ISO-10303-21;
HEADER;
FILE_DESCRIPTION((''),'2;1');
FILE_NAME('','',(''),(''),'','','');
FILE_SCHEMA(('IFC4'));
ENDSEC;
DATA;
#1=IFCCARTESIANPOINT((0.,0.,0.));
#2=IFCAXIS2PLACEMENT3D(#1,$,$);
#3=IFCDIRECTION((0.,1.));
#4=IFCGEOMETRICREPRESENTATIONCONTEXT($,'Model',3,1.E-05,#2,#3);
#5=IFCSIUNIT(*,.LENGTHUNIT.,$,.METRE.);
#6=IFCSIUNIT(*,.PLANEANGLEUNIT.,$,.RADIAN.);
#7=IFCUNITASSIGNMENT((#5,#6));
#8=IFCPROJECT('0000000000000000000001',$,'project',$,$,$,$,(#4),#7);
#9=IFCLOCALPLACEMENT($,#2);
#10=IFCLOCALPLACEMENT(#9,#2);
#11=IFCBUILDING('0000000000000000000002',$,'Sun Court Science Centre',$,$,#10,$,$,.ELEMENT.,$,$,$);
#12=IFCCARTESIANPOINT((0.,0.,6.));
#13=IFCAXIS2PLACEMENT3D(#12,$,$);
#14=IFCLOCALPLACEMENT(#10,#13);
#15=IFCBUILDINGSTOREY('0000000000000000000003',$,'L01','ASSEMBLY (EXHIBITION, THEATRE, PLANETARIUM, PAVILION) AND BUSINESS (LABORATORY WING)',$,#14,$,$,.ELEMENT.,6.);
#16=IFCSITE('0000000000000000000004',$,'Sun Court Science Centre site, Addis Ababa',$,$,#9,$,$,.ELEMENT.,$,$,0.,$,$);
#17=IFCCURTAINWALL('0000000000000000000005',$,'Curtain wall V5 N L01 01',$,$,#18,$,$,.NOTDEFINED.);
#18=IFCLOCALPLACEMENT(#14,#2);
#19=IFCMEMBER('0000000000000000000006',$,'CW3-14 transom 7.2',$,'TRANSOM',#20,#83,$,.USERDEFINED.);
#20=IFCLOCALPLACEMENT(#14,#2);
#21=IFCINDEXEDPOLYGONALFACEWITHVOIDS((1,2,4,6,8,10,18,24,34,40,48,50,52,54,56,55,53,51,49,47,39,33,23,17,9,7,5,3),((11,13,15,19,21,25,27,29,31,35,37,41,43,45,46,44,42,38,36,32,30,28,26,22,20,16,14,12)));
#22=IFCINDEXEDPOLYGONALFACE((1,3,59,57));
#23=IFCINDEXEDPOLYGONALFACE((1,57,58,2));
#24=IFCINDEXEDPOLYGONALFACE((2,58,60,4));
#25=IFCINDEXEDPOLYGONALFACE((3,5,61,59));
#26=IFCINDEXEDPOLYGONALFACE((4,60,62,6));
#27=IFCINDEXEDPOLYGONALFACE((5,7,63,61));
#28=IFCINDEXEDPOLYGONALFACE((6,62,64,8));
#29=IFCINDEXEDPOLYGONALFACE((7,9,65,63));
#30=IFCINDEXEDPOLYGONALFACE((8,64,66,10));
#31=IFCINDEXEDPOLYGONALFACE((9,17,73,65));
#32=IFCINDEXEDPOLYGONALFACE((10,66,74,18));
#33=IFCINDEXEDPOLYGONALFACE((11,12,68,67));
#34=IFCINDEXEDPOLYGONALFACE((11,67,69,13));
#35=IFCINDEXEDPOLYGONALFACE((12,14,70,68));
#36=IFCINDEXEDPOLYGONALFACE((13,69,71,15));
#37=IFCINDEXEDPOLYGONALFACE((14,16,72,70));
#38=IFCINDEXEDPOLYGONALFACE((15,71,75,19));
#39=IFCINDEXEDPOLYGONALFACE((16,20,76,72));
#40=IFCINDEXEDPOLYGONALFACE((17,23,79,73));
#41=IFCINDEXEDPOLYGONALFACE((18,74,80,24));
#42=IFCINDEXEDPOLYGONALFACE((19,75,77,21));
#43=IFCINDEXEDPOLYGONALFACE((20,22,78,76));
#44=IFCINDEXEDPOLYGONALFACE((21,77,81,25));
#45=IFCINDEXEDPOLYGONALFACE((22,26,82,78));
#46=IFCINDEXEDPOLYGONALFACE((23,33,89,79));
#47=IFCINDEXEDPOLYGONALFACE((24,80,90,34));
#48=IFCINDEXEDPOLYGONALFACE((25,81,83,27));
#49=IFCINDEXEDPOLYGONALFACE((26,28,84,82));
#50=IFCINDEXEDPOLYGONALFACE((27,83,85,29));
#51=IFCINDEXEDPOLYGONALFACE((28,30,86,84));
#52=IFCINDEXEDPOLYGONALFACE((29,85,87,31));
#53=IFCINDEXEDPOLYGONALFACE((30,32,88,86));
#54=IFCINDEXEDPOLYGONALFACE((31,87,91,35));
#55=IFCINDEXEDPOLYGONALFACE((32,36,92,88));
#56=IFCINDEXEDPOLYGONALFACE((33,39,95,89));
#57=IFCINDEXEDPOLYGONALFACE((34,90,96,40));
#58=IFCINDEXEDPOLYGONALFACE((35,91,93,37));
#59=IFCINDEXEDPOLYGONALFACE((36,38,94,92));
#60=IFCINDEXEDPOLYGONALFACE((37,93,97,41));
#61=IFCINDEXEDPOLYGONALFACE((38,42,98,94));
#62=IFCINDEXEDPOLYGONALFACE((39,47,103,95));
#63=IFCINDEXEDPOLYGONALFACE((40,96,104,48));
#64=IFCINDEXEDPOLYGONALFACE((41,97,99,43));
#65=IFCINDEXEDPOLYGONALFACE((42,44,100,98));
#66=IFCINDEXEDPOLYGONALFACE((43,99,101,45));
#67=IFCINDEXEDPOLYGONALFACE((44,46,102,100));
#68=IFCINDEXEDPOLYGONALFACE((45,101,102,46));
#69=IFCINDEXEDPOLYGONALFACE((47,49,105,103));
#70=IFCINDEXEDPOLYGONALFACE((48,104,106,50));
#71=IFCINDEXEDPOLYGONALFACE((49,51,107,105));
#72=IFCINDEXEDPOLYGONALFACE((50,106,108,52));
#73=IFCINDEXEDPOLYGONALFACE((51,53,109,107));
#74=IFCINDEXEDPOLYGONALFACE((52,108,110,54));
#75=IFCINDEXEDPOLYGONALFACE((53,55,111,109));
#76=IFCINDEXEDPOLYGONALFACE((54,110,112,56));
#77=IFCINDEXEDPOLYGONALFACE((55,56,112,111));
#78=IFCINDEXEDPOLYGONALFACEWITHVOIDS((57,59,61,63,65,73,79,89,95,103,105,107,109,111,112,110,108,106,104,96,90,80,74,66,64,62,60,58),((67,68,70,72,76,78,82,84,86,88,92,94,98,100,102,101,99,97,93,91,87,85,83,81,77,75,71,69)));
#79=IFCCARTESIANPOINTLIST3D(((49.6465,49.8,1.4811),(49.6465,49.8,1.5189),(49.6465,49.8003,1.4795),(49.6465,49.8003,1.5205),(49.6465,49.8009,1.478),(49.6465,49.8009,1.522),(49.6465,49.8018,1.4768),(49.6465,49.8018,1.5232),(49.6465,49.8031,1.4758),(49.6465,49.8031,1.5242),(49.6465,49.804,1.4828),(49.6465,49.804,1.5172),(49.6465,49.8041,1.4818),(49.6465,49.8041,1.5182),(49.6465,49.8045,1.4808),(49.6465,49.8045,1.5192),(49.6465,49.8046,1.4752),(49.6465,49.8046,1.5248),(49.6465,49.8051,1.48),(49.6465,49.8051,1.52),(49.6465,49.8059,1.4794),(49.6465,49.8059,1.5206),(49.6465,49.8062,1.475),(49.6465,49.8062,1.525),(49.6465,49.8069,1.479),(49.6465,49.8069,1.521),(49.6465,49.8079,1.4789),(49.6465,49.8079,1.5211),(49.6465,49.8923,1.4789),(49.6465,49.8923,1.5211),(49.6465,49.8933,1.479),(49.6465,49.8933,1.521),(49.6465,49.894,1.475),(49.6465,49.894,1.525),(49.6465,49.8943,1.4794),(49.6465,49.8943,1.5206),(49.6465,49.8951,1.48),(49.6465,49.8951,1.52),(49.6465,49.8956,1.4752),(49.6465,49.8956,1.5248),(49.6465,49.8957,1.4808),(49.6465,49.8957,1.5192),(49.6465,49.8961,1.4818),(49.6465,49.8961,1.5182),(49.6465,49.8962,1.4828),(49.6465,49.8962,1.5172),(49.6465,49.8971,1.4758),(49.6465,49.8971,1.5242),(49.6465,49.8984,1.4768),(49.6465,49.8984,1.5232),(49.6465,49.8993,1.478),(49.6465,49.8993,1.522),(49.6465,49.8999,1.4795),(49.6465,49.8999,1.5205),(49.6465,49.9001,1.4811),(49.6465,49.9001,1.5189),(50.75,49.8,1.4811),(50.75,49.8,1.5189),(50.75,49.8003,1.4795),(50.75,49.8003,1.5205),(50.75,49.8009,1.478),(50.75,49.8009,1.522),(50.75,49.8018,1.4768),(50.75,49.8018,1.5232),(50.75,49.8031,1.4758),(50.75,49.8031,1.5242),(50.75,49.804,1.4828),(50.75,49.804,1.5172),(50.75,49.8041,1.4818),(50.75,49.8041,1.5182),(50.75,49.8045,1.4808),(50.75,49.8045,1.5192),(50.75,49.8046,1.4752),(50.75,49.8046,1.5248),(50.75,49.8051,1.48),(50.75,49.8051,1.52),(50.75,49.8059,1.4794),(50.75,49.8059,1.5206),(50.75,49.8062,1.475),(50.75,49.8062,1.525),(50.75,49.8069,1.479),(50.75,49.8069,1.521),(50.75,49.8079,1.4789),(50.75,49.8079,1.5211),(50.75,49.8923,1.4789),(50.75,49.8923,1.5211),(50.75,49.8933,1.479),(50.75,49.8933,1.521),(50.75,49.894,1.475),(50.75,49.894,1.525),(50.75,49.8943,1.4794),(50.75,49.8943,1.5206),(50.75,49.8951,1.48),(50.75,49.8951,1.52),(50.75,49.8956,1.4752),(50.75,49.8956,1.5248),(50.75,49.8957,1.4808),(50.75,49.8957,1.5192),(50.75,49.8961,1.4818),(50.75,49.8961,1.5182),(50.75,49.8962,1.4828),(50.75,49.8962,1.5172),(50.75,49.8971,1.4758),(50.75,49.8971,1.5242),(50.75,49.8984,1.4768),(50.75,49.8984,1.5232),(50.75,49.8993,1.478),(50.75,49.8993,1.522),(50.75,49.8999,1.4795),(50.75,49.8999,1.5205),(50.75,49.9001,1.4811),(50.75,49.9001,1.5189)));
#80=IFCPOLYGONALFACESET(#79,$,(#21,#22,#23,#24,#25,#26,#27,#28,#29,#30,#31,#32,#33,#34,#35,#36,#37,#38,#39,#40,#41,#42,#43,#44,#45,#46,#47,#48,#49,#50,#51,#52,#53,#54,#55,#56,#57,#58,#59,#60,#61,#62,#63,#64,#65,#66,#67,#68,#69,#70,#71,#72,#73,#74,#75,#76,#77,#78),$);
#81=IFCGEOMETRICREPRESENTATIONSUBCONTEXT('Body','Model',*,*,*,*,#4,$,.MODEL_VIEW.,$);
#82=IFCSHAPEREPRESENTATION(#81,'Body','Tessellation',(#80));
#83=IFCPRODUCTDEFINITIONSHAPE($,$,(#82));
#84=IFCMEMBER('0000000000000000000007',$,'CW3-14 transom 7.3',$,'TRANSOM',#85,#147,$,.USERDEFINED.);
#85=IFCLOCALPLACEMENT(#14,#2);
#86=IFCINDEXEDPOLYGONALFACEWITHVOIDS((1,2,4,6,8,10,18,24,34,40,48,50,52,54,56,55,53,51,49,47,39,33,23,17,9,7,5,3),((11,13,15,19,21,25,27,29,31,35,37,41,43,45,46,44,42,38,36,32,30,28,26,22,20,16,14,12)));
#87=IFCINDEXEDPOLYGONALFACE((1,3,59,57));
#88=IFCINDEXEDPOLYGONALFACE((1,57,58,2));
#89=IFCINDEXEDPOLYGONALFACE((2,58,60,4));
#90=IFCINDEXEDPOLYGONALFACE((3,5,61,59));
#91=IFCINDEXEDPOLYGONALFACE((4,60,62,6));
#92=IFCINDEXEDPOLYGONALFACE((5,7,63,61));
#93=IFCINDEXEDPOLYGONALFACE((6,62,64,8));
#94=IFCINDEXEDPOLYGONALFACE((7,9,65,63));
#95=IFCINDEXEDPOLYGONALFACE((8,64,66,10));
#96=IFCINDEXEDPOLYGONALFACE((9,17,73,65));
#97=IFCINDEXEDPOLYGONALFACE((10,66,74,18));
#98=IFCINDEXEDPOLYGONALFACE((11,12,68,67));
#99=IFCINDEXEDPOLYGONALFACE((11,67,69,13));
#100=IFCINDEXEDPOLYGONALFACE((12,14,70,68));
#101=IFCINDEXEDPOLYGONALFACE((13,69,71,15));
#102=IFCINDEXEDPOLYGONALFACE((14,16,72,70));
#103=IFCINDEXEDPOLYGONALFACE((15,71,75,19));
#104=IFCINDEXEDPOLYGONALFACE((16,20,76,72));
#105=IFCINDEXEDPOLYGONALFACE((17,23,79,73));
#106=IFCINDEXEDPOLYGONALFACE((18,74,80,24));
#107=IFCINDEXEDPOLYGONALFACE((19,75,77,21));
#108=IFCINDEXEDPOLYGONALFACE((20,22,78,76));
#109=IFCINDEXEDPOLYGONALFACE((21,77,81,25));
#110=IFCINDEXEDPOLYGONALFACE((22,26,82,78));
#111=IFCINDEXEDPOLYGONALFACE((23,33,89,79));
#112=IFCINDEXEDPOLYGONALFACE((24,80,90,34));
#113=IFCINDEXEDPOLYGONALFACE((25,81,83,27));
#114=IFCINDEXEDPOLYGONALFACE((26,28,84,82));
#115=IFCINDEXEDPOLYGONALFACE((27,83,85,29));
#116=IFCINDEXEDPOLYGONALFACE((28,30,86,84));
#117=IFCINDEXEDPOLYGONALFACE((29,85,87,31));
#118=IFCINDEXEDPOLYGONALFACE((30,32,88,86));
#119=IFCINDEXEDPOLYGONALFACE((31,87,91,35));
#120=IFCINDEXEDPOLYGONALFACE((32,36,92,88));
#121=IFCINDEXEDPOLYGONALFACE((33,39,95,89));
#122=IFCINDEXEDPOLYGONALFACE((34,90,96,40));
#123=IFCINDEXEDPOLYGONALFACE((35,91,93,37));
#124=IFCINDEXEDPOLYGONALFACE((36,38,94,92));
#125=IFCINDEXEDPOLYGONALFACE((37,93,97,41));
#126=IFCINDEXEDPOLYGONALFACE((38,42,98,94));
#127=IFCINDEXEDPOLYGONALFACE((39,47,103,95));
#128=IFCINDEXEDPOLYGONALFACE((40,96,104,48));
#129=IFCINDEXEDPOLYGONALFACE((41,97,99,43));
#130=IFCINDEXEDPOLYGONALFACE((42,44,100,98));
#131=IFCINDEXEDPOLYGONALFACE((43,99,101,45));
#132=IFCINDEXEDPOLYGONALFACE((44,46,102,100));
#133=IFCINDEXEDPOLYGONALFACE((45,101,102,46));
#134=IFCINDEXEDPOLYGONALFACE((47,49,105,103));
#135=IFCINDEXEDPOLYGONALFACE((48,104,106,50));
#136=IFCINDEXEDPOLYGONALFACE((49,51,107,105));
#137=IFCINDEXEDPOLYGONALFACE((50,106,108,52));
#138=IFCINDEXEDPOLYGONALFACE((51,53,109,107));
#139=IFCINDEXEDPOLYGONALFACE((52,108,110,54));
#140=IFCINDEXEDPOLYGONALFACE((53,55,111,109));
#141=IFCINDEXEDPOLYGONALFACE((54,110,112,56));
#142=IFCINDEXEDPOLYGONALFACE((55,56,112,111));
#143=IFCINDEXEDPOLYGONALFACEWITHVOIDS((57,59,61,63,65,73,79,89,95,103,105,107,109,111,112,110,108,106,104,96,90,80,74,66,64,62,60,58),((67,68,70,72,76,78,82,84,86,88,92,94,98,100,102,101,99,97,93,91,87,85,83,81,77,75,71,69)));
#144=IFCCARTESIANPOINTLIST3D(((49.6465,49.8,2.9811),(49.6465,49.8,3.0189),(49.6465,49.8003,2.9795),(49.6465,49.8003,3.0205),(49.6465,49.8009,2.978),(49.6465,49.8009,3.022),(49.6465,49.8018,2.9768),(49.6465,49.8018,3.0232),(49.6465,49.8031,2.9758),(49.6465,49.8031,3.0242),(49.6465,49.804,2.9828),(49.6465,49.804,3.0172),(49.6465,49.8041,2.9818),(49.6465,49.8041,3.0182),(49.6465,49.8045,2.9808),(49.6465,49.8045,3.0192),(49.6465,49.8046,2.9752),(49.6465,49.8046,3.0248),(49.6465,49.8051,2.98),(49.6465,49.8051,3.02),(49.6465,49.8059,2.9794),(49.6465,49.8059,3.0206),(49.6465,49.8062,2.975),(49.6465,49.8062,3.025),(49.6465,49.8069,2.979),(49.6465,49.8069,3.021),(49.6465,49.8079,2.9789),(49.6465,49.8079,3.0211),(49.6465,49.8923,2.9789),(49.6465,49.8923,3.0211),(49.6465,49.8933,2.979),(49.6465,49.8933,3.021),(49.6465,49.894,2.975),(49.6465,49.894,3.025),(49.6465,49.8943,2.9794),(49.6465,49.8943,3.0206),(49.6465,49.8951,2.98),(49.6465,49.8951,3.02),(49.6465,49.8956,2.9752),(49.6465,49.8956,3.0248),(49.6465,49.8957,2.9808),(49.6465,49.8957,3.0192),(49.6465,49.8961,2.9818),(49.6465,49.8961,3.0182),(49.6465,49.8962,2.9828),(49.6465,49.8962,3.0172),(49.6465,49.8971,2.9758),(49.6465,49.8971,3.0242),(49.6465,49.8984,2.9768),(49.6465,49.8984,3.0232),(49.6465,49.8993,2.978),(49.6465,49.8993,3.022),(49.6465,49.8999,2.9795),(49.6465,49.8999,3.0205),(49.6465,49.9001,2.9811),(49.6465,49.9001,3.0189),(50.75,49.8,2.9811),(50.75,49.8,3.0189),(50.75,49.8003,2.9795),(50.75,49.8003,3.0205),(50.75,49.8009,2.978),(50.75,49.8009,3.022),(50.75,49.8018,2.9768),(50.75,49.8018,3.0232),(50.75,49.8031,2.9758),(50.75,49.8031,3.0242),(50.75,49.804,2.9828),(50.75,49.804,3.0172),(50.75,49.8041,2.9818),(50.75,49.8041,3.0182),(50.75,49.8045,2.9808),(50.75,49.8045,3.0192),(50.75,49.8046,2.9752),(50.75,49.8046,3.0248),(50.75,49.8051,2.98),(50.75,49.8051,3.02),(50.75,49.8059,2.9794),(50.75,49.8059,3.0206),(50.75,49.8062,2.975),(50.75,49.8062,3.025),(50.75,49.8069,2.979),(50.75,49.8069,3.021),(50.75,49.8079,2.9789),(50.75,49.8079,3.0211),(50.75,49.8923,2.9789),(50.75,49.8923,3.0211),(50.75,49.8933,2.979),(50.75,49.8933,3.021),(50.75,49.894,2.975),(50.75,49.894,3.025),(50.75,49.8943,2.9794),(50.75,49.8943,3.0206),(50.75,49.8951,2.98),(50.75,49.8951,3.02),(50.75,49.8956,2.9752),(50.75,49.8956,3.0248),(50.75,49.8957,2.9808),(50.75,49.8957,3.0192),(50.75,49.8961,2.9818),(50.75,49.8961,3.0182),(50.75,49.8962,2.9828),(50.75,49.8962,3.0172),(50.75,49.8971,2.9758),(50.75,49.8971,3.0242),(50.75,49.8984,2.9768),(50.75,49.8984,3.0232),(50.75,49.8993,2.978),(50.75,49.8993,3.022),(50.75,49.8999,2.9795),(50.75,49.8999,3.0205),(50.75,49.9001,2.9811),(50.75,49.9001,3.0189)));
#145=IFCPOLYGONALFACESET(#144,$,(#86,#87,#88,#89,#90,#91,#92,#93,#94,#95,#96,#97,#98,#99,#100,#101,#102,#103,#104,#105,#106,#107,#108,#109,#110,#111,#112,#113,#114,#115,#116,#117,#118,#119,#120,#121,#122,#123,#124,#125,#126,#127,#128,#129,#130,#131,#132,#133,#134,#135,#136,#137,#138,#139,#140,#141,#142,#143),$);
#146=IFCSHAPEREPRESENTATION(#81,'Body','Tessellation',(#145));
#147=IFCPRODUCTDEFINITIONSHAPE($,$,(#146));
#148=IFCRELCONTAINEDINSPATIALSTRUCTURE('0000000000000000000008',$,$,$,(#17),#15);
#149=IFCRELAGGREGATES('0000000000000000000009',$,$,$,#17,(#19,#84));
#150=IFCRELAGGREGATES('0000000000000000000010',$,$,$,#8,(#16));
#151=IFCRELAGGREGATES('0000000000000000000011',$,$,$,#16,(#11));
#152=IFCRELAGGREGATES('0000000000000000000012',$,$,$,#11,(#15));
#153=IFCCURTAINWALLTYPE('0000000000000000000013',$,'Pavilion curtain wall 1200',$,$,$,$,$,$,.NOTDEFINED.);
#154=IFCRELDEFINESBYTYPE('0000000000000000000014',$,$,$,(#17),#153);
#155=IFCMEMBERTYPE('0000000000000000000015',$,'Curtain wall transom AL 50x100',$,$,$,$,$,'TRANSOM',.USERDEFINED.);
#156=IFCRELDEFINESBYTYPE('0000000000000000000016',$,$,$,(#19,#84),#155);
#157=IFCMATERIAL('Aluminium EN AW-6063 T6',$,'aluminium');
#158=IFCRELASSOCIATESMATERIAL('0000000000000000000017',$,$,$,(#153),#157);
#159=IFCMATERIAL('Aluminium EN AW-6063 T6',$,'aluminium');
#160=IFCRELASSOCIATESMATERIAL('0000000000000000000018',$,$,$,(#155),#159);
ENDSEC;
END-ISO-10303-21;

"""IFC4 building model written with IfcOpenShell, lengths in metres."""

from ifc_helpers import new_model, si_unit, direction, frame, origin, origin_2d, place, context, subcontext, project, spatial, hollow_rectangle, extrude, material, material_profile, profile_set, type_object, element, aggregate, save


model = new_model("IFC4")

# Units and contexts
model_context = context("Model", 3, precision=1e-05, world=origin(), true_north=direction((0.0, 1.0)))
body_context = subcontext(model_context, "Body", "Model", "MODEL_VIEW")
ifc_project = project(units=[si_unit("LENGTHUNIT", "METRE"), si_unit("PLANEANGLEUNIT", "RADIAN")], contexts=[model_context])

# Site, building, storey
site_placement = place(None, origin())
site = spatial("IfcSite", under=ifc_project, at=site_placement, Name="Sun Court Science Centre site, Addis Ababa", CompositionType="ELEMENT", RefElevation=0.0)
building_placement = place(site_placement, origin())
building = spatial("IfcBuilding", under=site, at=building_placement, Name="Sun Court Science Centre", CompositionType="ELEMENT")
storey_placement = place(building_placement, frame((0.0, 0.0, 6.0)))
storey = spatial("IfcBuildingStorey", under=building, at=storey_placement, Name="L01", Description="ASSEMBLY (EXHIBITION, THEATRE, PLANETARIUM, PAVILION) AND BUSINESS (LABORATORY WING)", CompositionType="ELEMENT", Elevation=6.0)

# Curtain wall
ifc_material_1 = material(Name="Aluminium EN AW-6063 T6", Category="aluminium")
curtain_wall_type = type_object("IfcCurtainWallType", Name="Pavilion curtain wall 1200", PredefinedType="NOTDEFINED", material=ifc_material_1)
curtain_wall_1_placement = place(storey_placement, origin())
curtain_wall_1 = element("IfcCurtainWall", 1, at=curtain_wall_1_placement, inside=storey, type_object=curtain_wall_type, Name="Curtain wall V5 N L01 01", PredefinedType="NOTDEFINED")

# Members
ifc_material_2 = material(Name="Aluminium EN AW-6063 T6", Category="aluminium")
ifc_material_profile_1 = material_profile(ifc_material_2, hollow_rectangle(XDim=0.05, YDim=0.1001, WallThickness=0.0039, InnerFilletRadius=0.0039, OuterFilletRadius=0.0061, at=origin_2d()), Name="AL 50x100x4")
ifc_profile_set_1 = profile_set([ifc_material_profile_1], Name="Aluminium EN AW-6063 T6")
member_type_1 = type_object("IfcMemberType", Name="Curtain wall transom AL 50x100", ElementType="TRANSOM", PredefinedType="USERDEFINED", material=ifc_profile_set_1)
member_1_placement = place(storey_placement, frame((49.6465, 49.8501, 1.5), z_axis=(1.0, 0.0, 0.0), x_axis=(0.0, 0.0, 1.0)))
member_1 = element("IfcMember", 2, at=member_1_placement, type_object=member_type_1, Name="CW3-14 transom 7.2", ObjectType="TRANSOM", PredefinedType="USERDEFINED", context=body_context, shape_type="SweptSolid", body=[
    extrude(hollow_rectangle(XDim=0.05, YDim=0.1001, WallThickness=0.0039, InnerFilletRadius=0.0039, OuterFilletRadius=0.0061, at=origin_2d()), origin(), (0.0, 0.0, 1.0), 1.1035),
])
member_2_placement = place(storey_placement, frame((49.6465, 49.8501, 3.0), z_axis=(1.0, 0.0, 0.0), x_axis=(0.0, 0.0, 1.0)))
member_2 = element("IfcMember", 3, at=member_2_placement, type_object=member_type_1, Name="CW3-14 transom 7.3", ObjectType="TRANSOM", PredefinedType="USERDEFINED", context=body_context, shape_type="SweptSolid", body=[
    extrude(hollow_rectangle(XDim=0.05, YDim=0.1001, WallThickness=0.0039, InnerFilletRadius=0.0039, OuterFilletRadius=0.0061, at=origin_2d()), origin(), (0.0, 0.0, 1.0), 1.1035),
])

aggregate(curtain_wall_1, [member_1, member_2])

save(model, "model.ifc")
